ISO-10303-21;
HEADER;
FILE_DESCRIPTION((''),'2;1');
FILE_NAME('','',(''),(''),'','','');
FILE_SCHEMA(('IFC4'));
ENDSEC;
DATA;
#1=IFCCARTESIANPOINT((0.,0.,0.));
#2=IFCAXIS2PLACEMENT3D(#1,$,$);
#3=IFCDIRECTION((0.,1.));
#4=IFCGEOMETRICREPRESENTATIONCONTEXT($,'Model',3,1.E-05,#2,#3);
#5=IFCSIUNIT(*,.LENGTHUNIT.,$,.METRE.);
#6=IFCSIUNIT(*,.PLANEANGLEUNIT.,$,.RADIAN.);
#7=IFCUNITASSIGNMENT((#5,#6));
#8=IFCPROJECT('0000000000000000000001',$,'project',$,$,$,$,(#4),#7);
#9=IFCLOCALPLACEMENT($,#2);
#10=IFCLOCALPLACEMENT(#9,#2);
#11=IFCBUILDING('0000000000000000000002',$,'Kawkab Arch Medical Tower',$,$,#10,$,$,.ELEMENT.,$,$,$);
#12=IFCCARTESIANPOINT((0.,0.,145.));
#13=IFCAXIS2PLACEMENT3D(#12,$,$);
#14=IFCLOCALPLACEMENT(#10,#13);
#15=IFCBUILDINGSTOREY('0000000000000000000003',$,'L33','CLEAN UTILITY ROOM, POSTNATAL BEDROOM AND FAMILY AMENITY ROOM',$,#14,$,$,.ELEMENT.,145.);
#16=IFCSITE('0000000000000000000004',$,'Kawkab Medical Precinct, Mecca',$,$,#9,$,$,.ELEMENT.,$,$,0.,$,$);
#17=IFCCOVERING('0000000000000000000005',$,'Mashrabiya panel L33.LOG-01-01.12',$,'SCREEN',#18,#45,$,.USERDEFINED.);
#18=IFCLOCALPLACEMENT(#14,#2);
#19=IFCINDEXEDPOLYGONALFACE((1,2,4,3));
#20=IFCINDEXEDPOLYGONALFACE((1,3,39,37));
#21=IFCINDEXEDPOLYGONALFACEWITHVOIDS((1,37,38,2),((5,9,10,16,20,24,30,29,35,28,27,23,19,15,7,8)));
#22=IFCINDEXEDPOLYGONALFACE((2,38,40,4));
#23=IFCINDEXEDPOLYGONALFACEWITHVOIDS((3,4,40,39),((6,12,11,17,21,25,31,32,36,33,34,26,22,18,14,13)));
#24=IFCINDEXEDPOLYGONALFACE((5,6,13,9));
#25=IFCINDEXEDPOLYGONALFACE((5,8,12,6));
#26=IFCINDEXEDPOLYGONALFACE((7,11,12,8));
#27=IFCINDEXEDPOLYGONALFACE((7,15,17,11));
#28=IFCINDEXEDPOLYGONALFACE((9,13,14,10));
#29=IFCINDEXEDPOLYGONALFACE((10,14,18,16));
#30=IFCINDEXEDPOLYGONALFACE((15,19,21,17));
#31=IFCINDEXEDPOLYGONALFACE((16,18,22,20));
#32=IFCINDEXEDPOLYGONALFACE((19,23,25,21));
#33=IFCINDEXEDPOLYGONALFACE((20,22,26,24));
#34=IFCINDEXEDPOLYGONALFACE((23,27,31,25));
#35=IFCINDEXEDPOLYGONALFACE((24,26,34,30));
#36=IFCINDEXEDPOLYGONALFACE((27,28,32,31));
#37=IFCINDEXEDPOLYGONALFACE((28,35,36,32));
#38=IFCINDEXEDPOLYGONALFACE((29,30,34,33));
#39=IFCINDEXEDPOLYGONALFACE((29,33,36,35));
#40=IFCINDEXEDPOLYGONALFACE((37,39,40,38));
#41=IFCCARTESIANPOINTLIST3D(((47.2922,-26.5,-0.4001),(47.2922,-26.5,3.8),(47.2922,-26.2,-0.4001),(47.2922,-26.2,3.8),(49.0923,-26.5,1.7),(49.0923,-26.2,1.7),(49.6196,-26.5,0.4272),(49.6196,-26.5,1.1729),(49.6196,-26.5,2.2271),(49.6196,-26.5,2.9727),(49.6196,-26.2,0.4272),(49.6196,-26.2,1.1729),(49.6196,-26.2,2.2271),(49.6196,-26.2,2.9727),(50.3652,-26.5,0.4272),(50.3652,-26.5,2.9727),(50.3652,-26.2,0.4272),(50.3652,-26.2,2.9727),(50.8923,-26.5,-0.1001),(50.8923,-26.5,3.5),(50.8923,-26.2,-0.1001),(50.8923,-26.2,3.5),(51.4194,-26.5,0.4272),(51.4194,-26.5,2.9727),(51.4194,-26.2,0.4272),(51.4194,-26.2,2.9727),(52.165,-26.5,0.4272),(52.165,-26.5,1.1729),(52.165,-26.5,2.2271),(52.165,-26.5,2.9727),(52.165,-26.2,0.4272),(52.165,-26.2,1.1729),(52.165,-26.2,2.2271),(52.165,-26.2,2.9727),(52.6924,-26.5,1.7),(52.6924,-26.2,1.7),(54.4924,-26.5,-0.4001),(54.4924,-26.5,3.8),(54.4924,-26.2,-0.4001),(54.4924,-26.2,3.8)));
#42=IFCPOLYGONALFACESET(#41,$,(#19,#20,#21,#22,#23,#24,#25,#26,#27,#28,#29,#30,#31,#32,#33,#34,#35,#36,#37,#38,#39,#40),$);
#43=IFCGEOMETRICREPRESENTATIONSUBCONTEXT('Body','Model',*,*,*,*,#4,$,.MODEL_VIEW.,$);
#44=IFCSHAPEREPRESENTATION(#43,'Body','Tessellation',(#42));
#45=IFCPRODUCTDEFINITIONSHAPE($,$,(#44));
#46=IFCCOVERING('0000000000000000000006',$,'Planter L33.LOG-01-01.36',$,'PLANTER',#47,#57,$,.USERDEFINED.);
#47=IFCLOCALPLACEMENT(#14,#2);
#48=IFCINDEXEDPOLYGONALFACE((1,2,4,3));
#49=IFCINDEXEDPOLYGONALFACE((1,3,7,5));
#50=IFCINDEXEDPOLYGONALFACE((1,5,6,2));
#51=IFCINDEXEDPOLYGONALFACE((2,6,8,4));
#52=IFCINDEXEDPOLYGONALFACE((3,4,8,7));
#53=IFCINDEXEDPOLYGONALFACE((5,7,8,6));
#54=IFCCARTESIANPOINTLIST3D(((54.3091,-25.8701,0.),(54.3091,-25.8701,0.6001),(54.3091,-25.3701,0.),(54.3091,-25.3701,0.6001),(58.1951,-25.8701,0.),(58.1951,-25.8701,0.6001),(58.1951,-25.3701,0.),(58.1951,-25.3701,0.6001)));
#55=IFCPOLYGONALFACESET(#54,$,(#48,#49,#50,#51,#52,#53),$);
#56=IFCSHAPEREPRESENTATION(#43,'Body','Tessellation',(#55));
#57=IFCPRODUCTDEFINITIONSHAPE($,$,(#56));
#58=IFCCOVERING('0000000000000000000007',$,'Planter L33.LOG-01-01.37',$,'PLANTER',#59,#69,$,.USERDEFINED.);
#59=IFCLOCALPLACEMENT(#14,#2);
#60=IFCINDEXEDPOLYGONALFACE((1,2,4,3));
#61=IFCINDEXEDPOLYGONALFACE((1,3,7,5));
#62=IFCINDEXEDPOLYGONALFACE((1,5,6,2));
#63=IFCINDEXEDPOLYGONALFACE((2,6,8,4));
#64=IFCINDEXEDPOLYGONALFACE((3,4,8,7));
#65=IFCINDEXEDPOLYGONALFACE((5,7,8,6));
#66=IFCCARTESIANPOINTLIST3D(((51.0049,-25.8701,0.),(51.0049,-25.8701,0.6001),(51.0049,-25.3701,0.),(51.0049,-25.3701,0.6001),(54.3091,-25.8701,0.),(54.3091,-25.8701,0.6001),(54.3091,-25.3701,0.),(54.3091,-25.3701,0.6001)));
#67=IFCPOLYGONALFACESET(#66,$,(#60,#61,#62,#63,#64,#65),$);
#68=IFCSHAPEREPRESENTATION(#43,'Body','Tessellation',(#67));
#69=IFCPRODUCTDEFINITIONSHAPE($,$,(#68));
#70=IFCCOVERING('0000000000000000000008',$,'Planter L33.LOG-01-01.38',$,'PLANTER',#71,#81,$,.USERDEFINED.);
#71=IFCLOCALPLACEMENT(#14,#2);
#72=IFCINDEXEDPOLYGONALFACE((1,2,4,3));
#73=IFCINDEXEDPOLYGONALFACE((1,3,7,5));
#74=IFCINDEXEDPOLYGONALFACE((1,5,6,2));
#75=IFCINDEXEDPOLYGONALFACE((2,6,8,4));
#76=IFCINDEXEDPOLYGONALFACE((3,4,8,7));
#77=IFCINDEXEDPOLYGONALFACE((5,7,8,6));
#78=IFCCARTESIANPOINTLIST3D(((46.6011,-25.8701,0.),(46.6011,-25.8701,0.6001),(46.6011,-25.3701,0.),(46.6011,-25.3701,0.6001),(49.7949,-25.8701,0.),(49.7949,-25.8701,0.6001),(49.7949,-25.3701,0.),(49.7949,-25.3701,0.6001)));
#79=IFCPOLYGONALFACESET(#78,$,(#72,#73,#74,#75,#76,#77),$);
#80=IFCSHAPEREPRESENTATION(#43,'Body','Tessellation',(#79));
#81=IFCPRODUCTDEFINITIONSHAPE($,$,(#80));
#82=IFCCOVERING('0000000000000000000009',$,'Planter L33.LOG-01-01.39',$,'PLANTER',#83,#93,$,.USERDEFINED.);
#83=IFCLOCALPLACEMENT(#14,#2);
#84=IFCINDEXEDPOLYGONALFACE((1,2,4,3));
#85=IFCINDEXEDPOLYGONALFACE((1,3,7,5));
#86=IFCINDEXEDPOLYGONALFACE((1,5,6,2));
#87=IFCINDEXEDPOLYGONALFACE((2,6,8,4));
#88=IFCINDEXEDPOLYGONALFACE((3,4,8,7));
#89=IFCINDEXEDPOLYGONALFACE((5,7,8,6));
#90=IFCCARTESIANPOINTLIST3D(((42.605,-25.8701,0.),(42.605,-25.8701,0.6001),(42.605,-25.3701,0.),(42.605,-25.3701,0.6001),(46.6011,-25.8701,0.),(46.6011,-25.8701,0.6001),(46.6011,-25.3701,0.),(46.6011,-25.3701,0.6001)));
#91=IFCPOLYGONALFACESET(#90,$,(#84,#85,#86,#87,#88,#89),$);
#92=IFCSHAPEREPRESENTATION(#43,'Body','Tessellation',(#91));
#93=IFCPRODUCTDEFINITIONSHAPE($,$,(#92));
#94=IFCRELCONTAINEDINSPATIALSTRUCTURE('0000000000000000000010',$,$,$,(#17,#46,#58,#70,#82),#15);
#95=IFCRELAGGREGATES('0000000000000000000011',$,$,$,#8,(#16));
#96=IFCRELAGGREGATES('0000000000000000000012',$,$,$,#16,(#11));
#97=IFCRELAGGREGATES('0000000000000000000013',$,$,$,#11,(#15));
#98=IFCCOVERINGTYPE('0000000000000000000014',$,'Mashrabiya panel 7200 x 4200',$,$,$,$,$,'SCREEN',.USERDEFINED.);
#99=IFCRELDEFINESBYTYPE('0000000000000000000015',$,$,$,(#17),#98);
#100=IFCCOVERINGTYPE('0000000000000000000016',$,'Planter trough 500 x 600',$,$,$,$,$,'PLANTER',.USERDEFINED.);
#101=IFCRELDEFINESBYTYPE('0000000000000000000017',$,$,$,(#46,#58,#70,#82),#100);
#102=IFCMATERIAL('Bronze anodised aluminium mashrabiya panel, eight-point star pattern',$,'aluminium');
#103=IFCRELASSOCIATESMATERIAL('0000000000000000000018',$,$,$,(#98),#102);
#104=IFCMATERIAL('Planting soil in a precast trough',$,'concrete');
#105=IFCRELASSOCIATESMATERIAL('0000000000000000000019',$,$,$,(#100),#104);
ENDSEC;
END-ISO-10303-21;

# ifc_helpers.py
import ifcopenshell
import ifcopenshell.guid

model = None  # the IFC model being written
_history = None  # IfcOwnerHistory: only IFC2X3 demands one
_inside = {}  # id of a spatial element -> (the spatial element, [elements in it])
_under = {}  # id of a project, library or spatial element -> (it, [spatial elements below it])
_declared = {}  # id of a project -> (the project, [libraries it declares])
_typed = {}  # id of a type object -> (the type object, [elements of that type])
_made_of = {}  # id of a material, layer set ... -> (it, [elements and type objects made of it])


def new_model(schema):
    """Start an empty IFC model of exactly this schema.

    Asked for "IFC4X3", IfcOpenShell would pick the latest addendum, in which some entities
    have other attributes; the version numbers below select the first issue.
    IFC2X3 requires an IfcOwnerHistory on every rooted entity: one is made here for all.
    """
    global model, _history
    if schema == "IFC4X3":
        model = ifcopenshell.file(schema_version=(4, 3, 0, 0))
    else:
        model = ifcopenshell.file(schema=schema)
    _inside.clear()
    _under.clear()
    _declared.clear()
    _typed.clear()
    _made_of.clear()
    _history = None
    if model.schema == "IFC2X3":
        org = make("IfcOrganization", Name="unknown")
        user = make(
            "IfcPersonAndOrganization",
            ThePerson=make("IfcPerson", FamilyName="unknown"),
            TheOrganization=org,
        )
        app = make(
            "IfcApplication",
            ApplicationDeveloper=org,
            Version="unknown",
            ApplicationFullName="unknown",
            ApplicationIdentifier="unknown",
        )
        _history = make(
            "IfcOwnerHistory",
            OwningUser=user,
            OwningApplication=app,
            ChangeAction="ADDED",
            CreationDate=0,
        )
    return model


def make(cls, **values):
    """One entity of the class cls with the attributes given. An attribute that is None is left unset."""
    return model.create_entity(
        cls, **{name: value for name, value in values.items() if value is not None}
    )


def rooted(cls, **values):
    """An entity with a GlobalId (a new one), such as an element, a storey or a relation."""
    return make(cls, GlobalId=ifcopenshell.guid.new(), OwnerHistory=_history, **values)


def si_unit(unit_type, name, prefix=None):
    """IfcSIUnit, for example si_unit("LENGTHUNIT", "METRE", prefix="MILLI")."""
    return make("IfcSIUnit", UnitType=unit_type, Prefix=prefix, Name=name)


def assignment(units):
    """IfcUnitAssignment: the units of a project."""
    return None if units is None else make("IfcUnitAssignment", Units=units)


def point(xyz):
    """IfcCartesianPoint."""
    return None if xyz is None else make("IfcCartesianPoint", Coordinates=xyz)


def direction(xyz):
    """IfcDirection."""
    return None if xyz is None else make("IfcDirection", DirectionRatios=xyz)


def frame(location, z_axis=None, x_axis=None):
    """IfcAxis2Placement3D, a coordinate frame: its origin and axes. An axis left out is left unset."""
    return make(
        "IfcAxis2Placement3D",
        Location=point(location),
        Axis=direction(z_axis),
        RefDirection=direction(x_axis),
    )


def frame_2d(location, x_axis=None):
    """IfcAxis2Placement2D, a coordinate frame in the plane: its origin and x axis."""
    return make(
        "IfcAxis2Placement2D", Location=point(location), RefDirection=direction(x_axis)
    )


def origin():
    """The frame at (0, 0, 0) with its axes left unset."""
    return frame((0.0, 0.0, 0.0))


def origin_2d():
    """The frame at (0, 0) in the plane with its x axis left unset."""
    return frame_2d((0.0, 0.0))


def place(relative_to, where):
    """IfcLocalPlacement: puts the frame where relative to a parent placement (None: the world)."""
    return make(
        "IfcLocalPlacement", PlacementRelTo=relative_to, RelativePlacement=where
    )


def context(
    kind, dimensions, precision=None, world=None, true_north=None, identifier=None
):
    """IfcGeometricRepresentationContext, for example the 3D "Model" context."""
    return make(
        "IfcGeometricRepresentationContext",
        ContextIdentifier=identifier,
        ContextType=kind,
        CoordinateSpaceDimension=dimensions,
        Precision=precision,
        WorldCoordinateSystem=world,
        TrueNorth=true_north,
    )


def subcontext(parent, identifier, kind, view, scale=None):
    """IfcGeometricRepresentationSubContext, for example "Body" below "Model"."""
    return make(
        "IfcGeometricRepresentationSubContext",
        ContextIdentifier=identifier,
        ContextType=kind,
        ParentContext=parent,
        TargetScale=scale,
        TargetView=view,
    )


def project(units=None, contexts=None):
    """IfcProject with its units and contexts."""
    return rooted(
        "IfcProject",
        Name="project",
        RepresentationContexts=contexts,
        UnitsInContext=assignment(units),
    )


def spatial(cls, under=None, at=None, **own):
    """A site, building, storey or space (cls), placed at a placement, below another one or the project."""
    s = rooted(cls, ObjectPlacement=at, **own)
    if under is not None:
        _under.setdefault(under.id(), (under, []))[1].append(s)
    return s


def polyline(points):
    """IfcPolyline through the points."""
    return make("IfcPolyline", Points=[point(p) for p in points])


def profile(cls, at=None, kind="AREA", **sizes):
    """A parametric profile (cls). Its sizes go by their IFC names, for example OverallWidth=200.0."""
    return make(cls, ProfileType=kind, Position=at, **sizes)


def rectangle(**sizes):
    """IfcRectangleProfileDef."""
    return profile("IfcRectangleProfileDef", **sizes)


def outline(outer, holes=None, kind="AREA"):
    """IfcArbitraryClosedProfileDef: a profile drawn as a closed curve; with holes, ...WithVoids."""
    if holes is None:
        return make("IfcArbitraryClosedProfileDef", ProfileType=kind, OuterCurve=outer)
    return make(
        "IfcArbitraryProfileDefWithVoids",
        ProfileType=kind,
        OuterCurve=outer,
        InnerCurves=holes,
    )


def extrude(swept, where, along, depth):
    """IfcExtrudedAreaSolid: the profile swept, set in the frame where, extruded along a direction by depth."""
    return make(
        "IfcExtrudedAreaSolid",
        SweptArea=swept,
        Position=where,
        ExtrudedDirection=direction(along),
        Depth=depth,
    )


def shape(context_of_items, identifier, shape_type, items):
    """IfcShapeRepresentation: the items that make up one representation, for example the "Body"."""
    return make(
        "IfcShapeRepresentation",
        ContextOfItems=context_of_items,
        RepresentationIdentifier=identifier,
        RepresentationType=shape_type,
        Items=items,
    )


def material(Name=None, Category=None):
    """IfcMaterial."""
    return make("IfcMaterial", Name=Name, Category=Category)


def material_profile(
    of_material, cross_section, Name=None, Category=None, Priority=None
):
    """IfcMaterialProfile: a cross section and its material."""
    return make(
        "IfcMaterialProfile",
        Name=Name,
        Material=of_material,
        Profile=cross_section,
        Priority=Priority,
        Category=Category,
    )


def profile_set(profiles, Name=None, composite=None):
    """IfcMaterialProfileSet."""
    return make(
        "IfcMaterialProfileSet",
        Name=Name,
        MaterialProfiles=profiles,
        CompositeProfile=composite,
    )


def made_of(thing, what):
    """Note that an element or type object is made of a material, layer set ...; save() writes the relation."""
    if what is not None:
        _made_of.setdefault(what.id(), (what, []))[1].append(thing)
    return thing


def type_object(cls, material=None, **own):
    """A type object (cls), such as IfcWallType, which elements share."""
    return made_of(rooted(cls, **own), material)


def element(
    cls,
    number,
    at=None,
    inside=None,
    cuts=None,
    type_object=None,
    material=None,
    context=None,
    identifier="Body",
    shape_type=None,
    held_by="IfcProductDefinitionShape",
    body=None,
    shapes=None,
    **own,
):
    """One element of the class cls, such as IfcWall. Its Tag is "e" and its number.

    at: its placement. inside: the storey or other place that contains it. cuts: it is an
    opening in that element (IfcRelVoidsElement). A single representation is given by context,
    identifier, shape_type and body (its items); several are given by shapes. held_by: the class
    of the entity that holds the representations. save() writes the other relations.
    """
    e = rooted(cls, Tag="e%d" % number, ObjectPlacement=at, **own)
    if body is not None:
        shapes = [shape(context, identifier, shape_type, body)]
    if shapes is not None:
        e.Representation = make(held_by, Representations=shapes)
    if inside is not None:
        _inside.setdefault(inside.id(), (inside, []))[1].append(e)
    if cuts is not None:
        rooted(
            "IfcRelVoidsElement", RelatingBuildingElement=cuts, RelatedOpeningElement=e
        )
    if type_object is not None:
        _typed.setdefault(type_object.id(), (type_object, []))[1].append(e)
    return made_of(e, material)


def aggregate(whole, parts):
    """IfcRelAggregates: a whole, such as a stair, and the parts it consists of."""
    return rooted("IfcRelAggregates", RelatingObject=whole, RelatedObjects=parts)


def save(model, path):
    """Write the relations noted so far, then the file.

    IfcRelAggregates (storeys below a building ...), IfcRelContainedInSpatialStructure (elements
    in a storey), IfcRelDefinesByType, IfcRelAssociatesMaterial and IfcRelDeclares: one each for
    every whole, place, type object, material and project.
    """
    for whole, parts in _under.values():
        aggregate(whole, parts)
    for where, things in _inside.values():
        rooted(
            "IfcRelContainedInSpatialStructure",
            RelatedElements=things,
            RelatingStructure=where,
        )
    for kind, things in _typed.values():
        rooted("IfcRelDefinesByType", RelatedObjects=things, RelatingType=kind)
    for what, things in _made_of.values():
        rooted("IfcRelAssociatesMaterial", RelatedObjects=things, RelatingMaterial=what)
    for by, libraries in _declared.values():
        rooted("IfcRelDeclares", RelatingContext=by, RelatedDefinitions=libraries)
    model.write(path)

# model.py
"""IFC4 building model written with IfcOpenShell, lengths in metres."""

from ifc_helpers import new_model, si_unit, direction, frame, origin, origin_2d, place, context, subcontext, project, spatial, polyline, rectangle, outline, extrude, material, material_profile, profile_set, type_object, element, save


model = new_model("IFC4")

# Units and contexts
model_context = context("Model", 3, precision=1e-05, world=origin(), true_north=direction((0.0, 1.0)))
body_context = subcontext(model_context, "Body", "Model", "MODEL_VIEW")
ifc_project = project(units=[si_unit("LENGTHUNIT", "METRE"), si_unit("PLANEANGLEUNIT", "RADIAN")], contexts=[model_context])

# Site, building, storey
site_placement = place(None, origin())
site = spatial("IfcSite", under=ifc_project, at=site_placement, Name="Kawkab Medical Precinct, Mecca", CompositionType="ELEMENT", RefElevation=0.0)
building_placement = place(site_placement, origin())
building = spatial("IfcBuilding", under=site, at=building_placement, Name="Kawkab Arch Medical Tower", CompositionType="ELEMENT")
storey_placement = place(building_placement, frame((0.0, 0.0, 145.0)))
storey = spatial("IfcBuildingStorey", under=building, at=storey_placement, Name="L33", Description="CLEAN UTILITY ROOM, POSTNATAL BEDROOM AND FAMILY AMENITY ROOM", CompositionType="ELEMENT", Elevation=145.0)

# Coverings
ifc_material_1 = material(Name="Bronze anodised aluminium mashrabiya panel, eight-point star pattern", Category="aluminium")
ifc_material_profile_1 = material_profile(ifc_material_1, outline(polyline([(-3.6001, -2.1001), (3.6001, -2.1001), (3.6001, 2.1001), (-3.6001, 2.1001), (-3.6001, -2.1001)]), holes=[polyline([(1.8, 0.0), (1.2727, 0.5271), (1.2727, 1.2727), (0.5271, 1.2727), (0.0, 1.8), (-0.5271, 1.2727), (-1.2727, 1.2727), (-1.2727, 0.5271), (-1.8, 0.0), (-1.2727, -0.5271), (-1.2727, -1.2727), (-0.5271, -1.2727), (0.0, -1.8), (0.5271, -1.2727), (1.2727, -1.2727), (1.2727, -0.5271), (1.8, 0.0)])]), Name="Mashrabiya panel 7200x4200")
ifc_profile_set_1 = profile_set([ifc_material_profile_1], Name="Bronze anodised aluminium mashrabiya panel, eight-point star pattern")
covering_type_1 = type_object("IfcCoveringType", Name="Mashrabiya panel 7200 x 4200", ElementType="SCREEN", PredefinedType="USERDEFINED", material=ifc_profile_set_1)
covering_1_placement = place(storey_placement, frame((50.8923, -26.2, 1.7), z_axis=(0.0, -1.0, 0.0), x_axis=(1.0, 0.0, 0.0)))
element("IfcCovering", 1, at=covering_1_placement, inside=storey, type_object=covering_type_1, Name="Mashrabiya panel L33.LOG-01-01.12", ObjectType="SCREEN", PredefinedType="USERDEFINED", context=body_context, shape_type="SweptSolid", body=[
    extrude(outline(polyline([(-3.6001, -2.1001), (3.6001, -2.1001), (3.6001, 2.1001), (-3.6001, 2.1001), (-3.6001, -2.1001)]), holes=[polyline([(1.8, 0.0), (1.2727, 0.5271), (1.2727, 1.2727), (0.5271, 1.2727), (0.0, 1.8), (-0.5271, 1.2727), (-1.2727, 1.2727), (-1.2727, 0.5271), (-1.8, 0.0), (-1.2727, -0.5271), (-1.2727, -1.2727), (-0.5271, -1.2727), (0.0, -1.8), (0.5271, -1.2727), (1.2727, -1.2727), (1.2727, -0.5271), (1.8, 0.0)])]), origin(), (0.0, 0.0, 1.0), 0.3),
])
ifc_material_2 = material(Name="Planting soil in a precast trough", Category="concrete")
ifc_material_profile_2 = material_profile(ifc_material_2, rectangle(XDim=0.5, YDim=0.6001, at=origin_2d()), Name="Trough 500x600")
ifc_profile_set_2 = profile_set([ifc_material_profile_2], Name="Planting soil in a precast trough")
covering_type_2 = type_object("IfcCoveringType", Name="Planter trough 500 x 600", ElementType="PLANTER", PredefinedType="USERDEFINED", material=ifc_profile_set_2)
covering_2_placement = place(storey_placement, frame((58.1951, -25.6201, 0.3), z_axis=(-1.0, 0.0, 0.0), x_axis=(0.0, -1.0, 0.0)))
element("IfcCovering", 2, at=covering_2_placement, inside=storey, type_object=covering_type_2, Name="Planter L33.LOG-01-01.36", ObjectType="PLANTER", PredefinedType="USERDEFINED", context=body_context, shape_type="SweptSolid", body=[
    extrude(rectangle(XDim=0.5, YDim=0.6001, at=origin_2d()), origin(), (0.0, 0.0, 1.0), 3.886),
])
covering_3_placement = place(storey_placement, frame((54.3091, -25.6201, 0.3), z_axis=(-1.0, 0.0, 0.0), x_axis=(0.0, -1.0, 0.0)))
element("IfcCovering", 3, at=covering_3_placement, inside=storey, type_object=covering_type_2, Name="Planter L33.LOG-01-01.37", ObjectType="PLANTER", PredefinedType="USERDEFINED", context=body_context, shape_type="SweptSolid", body=[
    extrude(rectangle(XDim=0.5, YDim=0.6001, at=origin_2d()), origin(), (0.0, 0.0, 1.0), 3.3042),
])
covering_4_placement = place(storey_placement, frame((49.7949, -25.6201, 0.3), z_axis=(-1.0, 0.0, 0.0), x_axis=(0.0, -1.0, 0.0)))
element("IfcCovering", 4, at=covering_4_placement, inside=storey, type_object=covering_type_2, Name="Planter L33.LOG-01-01.38", ObjectType="PLANTER", PredefinedType="USERDEFINED", context=body_context, shape_type="SweptSolid", body=[
    extrude(rectangle(XDim=0.5, YDim=0.6001, at=origin_2d()), origin(), (0.0, 0.0, 1.0), 3.1938),
])
covering_5_placement = place(storey_placement, frame((46.6011, -25.6201, 0.3), z_axis=(-1.0, 0.0, 0.0), x_axis=(0.0, -1.0, 0.0)))
element("IfcCovering", 5, at=covering_5_placement, inside=storey, type_object=covering_type_2, Name="Planter L33.LOG-01-01.39", ObjectType="PLANTER", PredefinedType="USERDEFINED", context=body_context, shape_type="SweptSolid", body=[
    extrude(rectangle(XDim=0.5, YDim=0.6001, at=origin_2d()), origin(), (0.0, 0.0, 1.0), 3.9961),
])

save(model, "model.ifc")
